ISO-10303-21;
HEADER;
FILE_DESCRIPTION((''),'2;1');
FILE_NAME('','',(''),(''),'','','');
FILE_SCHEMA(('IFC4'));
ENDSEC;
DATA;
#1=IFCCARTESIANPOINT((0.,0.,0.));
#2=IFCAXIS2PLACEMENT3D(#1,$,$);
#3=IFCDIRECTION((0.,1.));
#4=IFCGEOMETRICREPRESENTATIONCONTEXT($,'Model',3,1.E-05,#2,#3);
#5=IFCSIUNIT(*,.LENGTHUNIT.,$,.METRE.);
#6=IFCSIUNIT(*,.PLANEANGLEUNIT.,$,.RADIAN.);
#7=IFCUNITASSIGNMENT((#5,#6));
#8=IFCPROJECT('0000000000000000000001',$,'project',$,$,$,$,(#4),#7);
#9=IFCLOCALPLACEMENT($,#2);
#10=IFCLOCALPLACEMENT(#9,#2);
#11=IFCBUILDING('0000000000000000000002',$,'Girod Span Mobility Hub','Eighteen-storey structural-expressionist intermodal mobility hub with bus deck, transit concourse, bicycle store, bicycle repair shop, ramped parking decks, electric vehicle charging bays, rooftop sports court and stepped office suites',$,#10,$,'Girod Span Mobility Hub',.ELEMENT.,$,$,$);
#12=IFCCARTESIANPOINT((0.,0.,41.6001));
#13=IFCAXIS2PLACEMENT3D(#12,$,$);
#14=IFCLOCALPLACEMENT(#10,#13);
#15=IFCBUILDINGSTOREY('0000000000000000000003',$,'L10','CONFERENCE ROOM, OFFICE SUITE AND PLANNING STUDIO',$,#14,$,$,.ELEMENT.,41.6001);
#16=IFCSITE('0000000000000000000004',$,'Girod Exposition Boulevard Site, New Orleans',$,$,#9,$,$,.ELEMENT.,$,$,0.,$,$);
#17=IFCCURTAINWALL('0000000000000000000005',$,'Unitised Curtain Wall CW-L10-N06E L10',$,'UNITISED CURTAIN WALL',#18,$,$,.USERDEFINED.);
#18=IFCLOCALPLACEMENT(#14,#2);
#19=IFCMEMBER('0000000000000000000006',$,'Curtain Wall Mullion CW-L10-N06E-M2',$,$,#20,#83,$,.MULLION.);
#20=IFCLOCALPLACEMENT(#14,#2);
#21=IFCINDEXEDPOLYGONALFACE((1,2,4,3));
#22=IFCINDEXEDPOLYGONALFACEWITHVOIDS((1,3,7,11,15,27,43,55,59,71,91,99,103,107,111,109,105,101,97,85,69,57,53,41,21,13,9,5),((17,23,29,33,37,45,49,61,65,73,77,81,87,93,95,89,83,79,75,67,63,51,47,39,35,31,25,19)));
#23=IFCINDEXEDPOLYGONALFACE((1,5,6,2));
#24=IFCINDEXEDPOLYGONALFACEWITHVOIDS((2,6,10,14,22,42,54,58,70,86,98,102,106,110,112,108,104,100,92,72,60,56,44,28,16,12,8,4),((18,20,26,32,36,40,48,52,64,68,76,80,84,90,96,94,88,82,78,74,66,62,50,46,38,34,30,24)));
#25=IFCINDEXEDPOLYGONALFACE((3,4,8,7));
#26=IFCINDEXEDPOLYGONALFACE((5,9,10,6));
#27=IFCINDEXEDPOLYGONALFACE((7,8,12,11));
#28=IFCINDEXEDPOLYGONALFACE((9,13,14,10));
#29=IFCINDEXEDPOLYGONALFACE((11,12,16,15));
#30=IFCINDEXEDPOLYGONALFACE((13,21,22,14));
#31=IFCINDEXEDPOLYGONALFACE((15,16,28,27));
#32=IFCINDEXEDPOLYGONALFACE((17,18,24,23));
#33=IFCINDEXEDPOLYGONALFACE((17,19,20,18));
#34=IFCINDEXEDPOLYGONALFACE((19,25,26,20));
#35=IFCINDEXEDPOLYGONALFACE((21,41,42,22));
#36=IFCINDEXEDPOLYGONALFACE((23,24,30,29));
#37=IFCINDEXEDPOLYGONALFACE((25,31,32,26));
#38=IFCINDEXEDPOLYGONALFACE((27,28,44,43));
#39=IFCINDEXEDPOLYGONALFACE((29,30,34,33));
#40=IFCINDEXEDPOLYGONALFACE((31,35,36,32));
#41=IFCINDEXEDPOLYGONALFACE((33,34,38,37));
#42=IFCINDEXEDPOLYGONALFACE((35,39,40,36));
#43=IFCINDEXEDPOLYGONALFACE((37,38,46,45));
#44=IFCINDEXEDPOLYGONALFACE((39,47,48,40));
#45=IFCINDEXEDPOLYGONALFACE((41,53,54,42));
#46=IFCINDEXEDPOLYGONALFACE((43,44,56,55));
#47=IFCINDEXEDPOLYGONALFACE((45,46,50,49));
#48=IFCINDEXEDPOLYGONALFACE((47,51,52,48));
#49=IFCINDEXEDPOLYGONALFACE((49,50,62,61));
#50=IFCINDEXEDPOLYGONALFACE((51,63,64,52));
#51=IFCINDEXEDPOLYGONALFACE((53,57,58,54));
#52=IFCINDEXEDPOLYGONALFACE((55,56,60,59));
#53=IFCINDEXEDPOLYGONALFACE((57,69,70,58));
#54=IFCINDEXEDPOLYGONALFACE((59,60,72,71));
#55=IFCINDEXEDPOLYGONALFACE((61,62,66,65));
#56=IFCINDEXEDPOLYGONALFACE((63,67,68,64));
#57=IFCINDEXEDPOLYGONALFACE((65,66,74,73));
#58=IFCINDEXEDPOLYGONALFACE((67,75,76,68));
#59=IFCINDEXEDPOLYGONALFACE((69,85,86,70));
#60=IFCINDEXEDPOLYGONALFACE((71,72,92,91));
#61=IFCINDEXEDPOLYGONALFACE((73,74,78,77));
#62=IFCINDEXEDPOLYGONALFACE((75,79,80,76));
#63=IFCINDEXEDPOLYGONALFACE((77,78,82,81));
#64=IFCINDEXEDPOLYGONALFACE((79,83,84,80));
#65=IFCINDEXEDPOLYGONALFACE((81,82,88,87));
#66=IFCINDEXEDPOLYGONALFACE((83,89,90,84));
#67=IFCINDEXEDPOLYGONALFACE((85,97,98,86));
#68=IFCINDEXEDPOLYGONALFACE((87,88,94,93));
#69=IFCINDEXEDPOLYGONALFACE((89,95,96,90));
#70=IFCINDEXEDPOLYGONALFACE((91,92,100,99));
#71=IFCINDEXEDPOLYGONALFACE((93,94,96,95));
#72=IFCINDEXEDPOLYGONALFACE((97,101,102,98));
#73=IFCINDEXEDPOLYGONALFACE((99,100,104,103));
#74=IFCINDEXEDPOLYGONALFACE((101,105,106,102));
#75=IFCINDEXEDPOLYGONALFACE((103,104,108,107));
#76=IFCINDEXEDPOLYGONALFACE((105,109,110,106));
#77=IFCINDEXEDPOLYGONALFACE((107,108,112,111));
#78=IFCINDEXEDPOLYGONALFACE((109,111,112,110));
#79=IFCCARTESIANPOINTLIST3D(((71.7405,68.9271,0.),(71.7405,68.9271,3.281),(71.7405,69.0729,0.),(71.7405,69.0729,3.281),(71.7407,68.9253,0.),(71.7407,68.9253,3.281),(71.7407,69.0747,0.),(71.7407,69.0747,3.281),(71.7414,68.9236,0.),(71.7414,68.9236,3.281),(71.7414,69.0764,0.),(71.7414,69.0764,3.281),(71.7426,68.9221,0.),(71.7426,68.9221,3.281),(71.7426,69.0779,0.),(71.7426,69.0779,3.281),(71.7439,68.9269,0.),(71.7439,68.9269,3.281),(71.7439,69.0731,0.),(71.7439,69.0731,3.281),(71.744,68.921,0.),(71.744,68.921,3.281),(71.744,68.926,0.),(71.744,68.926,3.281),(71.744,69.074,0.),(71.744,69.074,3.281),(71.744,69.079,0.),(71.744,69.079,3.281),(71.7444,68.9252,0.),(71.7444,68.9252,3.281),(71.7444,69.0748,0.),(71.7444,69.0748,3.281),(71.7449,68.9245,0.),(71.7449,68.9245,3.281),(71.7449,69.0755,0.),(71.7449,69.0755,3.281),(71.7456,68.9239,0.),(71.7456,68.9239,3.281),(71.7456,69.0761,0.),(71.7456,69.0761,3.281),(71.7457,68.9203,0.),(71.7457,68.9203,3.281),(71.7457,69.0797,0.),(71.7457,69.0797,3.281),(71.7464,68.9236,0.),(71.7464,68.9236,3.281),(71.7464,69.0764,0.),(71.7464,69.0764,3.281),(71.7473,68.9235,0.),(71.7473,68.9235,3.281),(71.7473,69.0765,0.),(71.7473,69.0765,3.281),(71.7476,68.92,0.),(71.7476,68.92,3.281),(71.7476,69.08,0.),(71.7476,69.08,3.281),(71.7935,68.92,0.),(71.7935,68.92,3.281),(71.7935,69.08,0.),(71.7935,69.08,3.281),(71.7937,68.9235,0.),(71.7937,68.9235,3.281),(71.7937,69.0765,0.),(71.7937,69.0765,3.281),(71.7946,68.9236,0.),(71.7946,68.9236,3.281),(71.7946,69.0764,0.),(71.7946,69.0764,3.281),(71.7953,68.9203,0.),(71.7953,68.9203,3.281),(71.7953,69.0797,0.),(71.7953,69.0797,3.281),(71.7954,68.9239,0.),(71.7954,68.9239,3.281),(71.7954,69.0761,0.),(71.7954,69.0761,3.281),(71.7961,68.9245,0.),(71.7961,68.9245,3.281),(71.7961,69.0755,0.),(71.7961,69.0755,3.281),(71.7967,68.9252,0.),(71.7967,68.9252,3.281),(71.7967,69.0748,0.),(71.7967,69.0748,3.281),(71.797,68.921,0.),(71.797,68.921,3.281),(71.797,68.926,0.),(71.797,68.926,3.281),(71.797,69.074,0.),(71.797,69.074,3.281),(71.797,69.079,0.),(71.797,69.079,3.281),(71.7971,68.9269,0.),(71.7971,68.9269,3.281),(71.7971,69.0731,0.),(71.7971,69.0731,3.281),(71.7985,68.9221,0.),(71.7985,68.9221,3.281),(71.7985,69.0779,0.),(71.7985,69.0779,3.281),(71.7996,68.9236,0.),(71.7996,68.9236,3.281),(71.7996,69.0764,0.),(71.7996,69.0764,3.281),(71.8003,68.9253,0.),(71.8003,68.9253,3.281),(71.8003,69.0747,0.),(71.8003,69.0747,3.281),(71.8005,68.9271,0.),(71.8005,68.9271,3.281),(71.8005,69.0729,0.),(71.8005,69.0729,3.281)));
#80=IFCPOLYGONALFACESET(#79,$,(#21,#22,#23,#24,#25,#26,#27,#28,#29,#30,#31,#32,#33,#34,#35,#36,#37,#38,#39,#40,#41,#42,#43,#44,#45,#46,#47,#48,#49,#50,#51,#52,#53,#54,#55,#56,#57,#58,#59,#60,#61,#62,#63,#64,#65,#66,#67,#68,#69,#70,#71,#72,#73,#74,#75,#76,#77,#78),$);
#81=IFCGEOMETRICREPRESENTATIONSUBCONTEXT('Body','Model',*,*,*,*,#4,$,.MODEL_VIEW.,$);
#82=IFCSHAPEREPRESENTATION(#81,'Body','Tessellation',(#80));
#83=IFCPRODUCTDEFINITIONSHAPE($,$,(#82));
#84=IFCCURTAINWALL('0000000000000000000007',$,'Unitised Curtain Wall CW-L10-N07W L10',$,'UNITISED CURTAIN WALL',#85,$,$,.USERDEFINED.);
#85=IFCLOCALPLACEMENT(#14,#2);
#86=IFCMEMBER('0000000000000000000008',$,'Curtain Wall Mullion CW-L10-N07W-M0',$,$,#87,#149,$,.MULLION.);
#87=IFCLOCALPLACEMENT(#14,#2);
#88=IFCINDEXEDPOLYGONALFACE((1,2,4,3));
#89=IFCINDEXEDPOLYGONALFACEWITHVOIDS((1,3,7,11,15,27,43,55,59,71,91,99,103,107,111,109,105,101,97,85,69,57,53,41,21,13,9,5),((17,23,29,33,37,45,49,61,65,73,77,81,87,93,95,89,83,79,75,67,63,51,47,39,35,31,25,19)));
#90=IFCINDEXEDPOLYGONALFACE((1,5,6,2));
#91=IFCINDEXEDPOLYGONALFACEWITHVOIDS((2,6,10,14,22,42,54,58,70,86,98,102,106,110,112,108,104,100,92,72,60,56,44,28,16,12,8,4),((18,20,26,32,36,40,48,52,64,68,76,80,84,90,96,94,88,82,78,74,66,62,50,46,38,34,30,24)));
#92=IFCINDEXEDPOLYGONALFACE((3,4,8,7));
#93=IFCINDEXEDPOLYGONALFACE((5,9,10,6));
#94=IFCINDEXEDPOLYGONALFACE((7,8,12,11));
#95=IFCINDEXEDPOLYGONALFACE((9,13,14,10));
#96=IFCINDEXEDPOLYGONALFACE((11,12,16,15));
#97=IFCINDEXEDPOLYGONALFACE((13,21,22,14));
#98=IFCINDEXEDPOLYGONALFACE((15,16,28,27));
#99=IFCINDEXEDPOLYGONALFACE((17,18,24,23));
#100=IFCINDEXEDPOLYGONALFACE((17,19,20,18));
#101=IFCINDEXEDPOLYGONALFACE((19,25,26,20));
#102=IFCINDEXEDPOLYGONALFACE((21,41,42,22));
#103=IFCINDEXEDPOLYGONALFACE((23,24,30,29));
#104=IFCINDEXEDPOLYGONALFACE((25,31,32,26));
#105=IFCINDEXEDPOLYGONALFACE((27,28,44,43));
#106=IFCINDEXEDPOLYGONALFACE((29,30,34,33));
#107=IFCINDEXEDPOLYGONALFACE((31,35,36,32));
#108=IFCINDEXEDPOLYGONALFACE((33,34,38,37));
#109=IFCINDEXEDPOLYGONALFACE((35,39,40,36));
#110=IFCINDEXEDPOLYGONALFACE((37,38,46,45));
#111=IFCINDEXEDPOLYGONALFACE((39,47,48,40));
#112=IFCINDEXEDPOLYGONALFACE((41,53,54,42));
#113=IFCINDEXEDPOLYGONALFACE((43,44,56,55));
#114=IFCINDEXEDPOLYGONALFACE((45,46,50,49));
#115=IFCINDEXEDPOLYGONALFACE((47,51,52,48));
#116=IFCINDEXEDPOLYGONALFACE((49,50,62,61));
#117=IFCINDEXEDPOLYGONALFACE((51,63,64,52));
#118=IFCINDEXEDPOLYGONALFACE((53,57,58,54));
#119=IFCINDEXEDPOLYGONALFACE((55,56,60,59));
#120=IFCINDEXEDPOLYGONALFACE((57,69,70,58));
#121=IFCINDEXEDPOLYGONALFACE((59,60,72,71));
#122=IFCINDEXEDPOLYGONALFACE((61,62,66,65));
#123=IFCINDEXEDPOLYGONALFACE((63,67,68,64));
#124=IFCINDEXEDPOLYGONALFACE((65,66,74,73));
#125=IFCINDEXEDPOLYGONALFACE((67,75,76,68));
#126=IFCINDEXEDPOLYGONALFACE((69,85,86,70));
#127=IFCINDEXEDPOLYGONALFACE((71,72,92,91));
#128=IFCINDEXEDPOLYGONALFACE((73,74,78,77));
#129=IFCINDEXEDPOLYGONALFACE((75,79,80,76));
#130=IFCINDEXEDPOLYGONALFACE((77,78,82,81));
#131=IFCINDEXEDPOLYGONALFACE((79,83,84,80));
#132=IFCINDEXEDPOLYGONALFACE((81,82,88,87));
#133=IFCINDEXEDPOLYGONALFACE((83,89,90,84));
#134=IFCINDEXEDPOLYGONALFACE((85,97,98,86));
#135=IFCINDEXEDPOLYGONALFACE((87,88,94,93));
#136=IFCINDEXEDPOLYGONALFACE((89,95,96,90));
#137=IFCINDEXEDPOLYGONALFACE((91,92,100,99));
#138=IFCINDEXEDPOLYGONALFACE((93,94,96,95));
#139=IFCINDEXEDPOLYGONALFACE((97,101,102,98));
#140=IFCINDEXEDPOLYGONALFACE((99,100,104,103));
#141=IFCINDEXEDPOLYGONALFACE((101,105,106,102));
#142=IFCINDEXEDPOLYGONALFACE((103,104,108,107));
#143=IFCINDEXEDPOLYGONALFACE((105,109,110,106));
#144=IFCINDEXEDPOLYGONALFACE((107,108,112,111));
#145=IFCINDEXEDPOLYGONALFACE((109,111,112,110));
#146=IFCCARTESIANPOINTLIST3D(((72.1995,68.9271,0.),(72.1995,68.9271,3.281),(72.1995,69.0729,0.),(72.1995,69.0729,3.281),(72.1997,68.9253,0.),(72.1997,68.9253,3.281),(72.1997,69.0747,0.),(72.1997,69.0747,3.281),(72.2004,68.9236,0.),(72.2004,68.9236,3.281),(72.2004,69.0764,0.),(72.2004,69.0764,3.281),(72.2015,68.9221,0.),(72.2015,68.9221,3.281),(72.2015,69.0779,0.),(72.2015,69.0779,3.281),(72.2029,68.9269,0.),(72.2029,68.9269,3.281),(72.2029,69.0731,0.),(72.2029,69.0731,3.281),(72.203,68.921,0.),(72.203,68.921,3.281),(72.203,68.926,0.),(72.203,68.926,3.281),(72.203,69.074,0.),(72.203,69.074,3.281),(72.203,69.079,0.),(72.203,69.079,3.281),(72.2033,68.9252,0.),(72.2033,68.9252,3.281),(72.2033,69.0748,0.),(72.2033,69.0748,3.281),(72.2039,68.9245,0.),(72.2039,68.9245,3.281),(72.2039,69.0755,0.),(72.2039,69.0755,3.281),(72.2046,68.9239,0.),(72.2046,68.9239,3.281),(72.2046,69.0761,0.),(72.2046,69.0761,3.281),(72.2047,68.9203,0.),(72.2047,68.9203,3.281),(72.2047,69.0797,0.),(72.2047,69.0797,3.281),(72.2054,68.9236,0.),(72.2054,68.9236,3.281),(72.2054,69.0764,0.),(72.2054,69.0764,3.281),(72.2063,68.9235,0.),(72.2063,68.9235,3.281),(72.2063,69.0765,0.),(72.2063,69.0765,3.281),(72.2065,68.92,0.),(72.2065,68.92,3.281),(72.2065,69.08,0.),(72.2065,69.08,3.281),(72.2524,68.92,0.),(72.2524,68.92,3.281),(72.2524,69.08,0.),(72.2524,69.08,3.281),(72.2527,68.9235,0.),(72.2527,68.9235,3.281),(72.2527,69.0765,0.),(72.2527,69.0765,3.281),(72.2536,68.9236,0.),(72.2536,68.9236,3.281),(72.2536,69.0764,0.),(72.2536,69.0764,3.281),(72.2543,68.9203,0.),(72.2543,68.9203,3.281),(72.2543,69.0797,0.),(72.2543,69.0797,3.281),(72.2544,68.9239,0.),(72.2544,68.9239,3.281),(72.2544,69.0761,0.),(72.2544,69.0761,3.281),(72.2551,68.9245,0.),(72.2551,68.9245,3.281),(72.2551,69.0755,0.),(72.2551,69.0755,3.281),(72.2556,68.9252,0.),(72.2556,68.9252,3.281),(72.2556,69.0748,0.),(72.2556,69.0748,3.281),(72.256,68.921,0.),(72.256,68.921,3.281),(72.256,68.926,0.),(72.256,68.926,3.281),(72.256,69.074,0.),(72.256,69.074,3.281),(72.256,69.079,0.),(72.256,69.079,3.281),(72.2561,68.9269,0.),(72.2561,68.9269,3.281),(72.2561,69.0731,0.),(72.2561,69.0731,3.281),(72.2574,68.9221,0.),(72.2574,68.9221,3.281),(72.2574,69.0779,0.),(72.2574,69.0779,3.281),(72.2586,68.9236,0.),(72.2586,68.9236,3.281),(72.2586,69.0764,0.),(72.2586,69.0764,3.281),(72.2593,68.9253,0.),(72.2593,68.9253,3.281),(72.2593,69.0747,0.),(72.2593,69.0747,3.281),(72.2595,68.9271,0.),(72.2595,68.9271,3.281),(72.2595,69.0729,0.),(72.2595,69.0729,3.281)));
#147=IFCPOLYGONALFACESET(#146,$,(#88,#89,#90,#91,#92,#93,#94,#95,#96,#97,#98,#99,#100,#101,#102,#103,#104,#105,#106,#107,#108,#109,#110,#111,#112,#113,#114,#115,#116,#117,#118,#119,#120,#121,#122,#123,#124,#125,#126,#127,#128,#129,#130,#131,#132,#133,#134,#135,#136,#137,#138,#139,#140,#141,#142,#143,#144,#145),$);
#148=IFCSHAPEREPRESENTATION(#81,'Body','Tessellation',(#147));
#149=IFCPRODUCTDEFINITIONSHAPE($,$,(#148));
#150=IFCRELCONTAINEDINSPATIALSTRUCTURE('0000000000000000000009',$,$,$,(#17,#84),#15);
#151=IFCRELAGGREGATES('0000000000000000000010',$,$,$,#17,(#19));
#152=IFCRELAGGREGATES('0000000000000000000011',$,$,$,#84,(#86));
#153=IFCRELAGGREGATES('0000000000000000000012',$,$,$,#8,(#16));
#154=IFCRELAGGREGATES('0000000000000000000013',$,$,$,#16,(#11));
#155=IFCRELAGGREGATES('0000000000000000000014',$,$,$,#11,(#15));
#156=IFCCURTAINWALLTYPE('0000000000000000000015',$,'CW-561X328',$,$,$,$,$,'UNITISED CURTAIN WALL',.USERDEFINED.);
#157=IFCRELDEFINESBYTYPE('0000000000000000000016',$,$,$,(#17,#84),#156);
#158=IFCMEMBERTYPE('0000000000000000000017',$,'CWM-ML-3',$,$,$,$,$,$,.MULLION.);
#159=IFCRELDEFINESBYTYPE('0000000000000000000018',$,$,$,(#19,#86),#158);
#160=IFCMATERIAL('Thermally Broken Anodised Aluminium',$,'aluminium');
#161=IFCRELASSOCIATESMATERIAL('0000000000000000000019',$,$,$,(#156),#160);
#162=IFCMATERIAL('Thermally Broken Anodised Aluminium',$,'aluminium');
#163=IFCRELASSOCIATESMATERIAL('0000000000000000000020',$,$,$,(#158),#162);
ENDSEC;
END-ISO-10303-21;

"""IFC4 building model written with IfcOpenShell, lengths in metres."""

from ifc_helpers import new_model, si_unit, direction, frame, origin, origin_2d, place, context, subcontext, project, spatial, hollow_rectangle, extrude, material, material_profile, profile_set, type_object, element, aggregate, save


model = new_model("IFC4")

# Units and contexts
model_context = context("Model", 3, precision=1e-05, world=origin(), true_north=direction((0.0, 1.0)))
body_context = subcontext(model_context, "Body", "Model", "MODEL_VIEW")
ifc_project = project(units=[si_unit("LENGTHUNIT", "METRE"), si_unit("PLANEANGLEUNIT", "RADIAN")], contexts=[model_context])

# Site, building, storey
site_placement = place(None, origin())
site = spatial("IfcSite", under=ifc_project, at=site_placement, Name="Girod Exposition Boulevard Site, New Orleans", CompositionType="ELEMENT", RefElevation=0.0)
building_placement = place(site_placement, origin())
building = spatial("IfcBuilding", under=site, at=building_placement, Name="Girod Span Mobility Hub", Description="Eighteen-storey structural-expressionist intermodal mobility hub with bus deck, transit concourse, bicycle store, bicycle repair shop, ramped parking decks, electric vehicle charging bays, rooftop sports court and stepped office suites", LongName="Girod Span Mobility Hub", CompositionType="ELEMENT")
storey_placement = place(building_placement, frame((0.0, 0.0, 41.6001)))
storey = spatial("IfcBuildingStorey", under=building, at=storey_placement, Name="L10", Description="CONFERENCE ROOM, OFFICE SUITE AND PLANNING STUDIO", CompositionType="ELEMENT", Elevation=41.6001)

# Curtain wall, member
ifc_material_1 = material(Name="Thermally Broken Anodised Aluminium", Category="aluminium")
curtain_wall_type = type_object("IfcCurtainWallType", Name="CW-561X328", ElementType="UNITISED CURTAIN WALL", PredefinedType="USERDEFINED", material=ifc_material_1)
curtain_wall_1_placement = place(storey_placement, origin())
curtain_wall_1 = element("IfcCurtainWall", 1, at=curtain_wall_1_placement, inside=storey, type_object=curtain_wall_type, Name="Unitised Curtain Wall CW-L10-N06E L10", ObjectType="UNITISED CURTAIN WALL", PredefinedType="USERDEFINED")
ifc_material_2 = material(Name="Thermally Broken Anodised Aluminium", Category="aluminium")
ifc_material_profile_1 = material_profile(ifc_material_2, hollow_rectangle(XDim=0.1599, YDim=0.0601, WallThickness=0.0034, InnerFilletRadius=0.0034, OuterFilletRadius=0.0071, at=origin_2d()), Name="CW-ML-60X160")
ifc_profile_set_1 = profile_set([ifc_material_profile_1], Name="Thermally Broken Anodised Aluminium")
member_type_1 = type_object("IfcMemberType", Name="CWM-ML-3", PredefinedType="MULLION", material=ifc_profile_set_1)
member_1_placement = place(storey_placement, frame((71.7705, 69.0, 0.0), z_axis=(0.0, 0.0, 1.0), x_axis=(0.0, 1.0, 0.0)))
member_1 = element("IfcMember", 2, at=member_1_placement, type_object=member_type_1, Name="Curtain Wall Mullion CW-L10-N06E-M2", PredefinedType="MULLION", context=body_context, shape_type="SweptSolid", body=[
    extrude(hollow_rectangle(XDim=0.1599, YDim=0.0601, WallThickness=0.0034, InnerFilletRadius=0.0034, OuterFilletRadius=0.0071, at=origin_2d()), origin(), (0.0, 0.0, 1.0), 3.281),
])
aggregate(curtain_wall_1, [member_1])

# Curtain wall, member
curtain_wall_2_placement = place(storey_placement, origin())
curtain_wall_2 = element("IfcCurtainWall", 3, at=curtain_wall_2_placement, inside=storey, type_object=curtain_wall_type, Name="Unitised Curtain Wall CW-L10-N07W L10", ObjectType="UNITISED CURTAIN WALL", PredefinedType="USERDEFINED")
member_2_placement = place(storey_placement, frame((72.2295, 69.0, 0.0), z_axis=(0.0, 0.0, 1.0), x_axis=(0.0, 1.0, 0.0)))
member_2 = element("IfcMember", 4, at=member_2_placement, type_object=member_type_1, Name="Curtain Wall Mullion CW-L10-N07W-M0", PredefinedType="MULLION", context=body_context, shape_type="SweptSolid", body=[
    extrude(hollow_rectangle(XDim=0.1599, YDim=0.0601, WallThickness=0.0034, InnerFilletRadius=0.0034, OuterFilletRadius=0.0071, at=origin_2d()), origin(), (0.0, 0.0, 1.0), 3.281),
])

aggregate(curtain_wall_2, [member_2])

save(model, "model.ifc")
